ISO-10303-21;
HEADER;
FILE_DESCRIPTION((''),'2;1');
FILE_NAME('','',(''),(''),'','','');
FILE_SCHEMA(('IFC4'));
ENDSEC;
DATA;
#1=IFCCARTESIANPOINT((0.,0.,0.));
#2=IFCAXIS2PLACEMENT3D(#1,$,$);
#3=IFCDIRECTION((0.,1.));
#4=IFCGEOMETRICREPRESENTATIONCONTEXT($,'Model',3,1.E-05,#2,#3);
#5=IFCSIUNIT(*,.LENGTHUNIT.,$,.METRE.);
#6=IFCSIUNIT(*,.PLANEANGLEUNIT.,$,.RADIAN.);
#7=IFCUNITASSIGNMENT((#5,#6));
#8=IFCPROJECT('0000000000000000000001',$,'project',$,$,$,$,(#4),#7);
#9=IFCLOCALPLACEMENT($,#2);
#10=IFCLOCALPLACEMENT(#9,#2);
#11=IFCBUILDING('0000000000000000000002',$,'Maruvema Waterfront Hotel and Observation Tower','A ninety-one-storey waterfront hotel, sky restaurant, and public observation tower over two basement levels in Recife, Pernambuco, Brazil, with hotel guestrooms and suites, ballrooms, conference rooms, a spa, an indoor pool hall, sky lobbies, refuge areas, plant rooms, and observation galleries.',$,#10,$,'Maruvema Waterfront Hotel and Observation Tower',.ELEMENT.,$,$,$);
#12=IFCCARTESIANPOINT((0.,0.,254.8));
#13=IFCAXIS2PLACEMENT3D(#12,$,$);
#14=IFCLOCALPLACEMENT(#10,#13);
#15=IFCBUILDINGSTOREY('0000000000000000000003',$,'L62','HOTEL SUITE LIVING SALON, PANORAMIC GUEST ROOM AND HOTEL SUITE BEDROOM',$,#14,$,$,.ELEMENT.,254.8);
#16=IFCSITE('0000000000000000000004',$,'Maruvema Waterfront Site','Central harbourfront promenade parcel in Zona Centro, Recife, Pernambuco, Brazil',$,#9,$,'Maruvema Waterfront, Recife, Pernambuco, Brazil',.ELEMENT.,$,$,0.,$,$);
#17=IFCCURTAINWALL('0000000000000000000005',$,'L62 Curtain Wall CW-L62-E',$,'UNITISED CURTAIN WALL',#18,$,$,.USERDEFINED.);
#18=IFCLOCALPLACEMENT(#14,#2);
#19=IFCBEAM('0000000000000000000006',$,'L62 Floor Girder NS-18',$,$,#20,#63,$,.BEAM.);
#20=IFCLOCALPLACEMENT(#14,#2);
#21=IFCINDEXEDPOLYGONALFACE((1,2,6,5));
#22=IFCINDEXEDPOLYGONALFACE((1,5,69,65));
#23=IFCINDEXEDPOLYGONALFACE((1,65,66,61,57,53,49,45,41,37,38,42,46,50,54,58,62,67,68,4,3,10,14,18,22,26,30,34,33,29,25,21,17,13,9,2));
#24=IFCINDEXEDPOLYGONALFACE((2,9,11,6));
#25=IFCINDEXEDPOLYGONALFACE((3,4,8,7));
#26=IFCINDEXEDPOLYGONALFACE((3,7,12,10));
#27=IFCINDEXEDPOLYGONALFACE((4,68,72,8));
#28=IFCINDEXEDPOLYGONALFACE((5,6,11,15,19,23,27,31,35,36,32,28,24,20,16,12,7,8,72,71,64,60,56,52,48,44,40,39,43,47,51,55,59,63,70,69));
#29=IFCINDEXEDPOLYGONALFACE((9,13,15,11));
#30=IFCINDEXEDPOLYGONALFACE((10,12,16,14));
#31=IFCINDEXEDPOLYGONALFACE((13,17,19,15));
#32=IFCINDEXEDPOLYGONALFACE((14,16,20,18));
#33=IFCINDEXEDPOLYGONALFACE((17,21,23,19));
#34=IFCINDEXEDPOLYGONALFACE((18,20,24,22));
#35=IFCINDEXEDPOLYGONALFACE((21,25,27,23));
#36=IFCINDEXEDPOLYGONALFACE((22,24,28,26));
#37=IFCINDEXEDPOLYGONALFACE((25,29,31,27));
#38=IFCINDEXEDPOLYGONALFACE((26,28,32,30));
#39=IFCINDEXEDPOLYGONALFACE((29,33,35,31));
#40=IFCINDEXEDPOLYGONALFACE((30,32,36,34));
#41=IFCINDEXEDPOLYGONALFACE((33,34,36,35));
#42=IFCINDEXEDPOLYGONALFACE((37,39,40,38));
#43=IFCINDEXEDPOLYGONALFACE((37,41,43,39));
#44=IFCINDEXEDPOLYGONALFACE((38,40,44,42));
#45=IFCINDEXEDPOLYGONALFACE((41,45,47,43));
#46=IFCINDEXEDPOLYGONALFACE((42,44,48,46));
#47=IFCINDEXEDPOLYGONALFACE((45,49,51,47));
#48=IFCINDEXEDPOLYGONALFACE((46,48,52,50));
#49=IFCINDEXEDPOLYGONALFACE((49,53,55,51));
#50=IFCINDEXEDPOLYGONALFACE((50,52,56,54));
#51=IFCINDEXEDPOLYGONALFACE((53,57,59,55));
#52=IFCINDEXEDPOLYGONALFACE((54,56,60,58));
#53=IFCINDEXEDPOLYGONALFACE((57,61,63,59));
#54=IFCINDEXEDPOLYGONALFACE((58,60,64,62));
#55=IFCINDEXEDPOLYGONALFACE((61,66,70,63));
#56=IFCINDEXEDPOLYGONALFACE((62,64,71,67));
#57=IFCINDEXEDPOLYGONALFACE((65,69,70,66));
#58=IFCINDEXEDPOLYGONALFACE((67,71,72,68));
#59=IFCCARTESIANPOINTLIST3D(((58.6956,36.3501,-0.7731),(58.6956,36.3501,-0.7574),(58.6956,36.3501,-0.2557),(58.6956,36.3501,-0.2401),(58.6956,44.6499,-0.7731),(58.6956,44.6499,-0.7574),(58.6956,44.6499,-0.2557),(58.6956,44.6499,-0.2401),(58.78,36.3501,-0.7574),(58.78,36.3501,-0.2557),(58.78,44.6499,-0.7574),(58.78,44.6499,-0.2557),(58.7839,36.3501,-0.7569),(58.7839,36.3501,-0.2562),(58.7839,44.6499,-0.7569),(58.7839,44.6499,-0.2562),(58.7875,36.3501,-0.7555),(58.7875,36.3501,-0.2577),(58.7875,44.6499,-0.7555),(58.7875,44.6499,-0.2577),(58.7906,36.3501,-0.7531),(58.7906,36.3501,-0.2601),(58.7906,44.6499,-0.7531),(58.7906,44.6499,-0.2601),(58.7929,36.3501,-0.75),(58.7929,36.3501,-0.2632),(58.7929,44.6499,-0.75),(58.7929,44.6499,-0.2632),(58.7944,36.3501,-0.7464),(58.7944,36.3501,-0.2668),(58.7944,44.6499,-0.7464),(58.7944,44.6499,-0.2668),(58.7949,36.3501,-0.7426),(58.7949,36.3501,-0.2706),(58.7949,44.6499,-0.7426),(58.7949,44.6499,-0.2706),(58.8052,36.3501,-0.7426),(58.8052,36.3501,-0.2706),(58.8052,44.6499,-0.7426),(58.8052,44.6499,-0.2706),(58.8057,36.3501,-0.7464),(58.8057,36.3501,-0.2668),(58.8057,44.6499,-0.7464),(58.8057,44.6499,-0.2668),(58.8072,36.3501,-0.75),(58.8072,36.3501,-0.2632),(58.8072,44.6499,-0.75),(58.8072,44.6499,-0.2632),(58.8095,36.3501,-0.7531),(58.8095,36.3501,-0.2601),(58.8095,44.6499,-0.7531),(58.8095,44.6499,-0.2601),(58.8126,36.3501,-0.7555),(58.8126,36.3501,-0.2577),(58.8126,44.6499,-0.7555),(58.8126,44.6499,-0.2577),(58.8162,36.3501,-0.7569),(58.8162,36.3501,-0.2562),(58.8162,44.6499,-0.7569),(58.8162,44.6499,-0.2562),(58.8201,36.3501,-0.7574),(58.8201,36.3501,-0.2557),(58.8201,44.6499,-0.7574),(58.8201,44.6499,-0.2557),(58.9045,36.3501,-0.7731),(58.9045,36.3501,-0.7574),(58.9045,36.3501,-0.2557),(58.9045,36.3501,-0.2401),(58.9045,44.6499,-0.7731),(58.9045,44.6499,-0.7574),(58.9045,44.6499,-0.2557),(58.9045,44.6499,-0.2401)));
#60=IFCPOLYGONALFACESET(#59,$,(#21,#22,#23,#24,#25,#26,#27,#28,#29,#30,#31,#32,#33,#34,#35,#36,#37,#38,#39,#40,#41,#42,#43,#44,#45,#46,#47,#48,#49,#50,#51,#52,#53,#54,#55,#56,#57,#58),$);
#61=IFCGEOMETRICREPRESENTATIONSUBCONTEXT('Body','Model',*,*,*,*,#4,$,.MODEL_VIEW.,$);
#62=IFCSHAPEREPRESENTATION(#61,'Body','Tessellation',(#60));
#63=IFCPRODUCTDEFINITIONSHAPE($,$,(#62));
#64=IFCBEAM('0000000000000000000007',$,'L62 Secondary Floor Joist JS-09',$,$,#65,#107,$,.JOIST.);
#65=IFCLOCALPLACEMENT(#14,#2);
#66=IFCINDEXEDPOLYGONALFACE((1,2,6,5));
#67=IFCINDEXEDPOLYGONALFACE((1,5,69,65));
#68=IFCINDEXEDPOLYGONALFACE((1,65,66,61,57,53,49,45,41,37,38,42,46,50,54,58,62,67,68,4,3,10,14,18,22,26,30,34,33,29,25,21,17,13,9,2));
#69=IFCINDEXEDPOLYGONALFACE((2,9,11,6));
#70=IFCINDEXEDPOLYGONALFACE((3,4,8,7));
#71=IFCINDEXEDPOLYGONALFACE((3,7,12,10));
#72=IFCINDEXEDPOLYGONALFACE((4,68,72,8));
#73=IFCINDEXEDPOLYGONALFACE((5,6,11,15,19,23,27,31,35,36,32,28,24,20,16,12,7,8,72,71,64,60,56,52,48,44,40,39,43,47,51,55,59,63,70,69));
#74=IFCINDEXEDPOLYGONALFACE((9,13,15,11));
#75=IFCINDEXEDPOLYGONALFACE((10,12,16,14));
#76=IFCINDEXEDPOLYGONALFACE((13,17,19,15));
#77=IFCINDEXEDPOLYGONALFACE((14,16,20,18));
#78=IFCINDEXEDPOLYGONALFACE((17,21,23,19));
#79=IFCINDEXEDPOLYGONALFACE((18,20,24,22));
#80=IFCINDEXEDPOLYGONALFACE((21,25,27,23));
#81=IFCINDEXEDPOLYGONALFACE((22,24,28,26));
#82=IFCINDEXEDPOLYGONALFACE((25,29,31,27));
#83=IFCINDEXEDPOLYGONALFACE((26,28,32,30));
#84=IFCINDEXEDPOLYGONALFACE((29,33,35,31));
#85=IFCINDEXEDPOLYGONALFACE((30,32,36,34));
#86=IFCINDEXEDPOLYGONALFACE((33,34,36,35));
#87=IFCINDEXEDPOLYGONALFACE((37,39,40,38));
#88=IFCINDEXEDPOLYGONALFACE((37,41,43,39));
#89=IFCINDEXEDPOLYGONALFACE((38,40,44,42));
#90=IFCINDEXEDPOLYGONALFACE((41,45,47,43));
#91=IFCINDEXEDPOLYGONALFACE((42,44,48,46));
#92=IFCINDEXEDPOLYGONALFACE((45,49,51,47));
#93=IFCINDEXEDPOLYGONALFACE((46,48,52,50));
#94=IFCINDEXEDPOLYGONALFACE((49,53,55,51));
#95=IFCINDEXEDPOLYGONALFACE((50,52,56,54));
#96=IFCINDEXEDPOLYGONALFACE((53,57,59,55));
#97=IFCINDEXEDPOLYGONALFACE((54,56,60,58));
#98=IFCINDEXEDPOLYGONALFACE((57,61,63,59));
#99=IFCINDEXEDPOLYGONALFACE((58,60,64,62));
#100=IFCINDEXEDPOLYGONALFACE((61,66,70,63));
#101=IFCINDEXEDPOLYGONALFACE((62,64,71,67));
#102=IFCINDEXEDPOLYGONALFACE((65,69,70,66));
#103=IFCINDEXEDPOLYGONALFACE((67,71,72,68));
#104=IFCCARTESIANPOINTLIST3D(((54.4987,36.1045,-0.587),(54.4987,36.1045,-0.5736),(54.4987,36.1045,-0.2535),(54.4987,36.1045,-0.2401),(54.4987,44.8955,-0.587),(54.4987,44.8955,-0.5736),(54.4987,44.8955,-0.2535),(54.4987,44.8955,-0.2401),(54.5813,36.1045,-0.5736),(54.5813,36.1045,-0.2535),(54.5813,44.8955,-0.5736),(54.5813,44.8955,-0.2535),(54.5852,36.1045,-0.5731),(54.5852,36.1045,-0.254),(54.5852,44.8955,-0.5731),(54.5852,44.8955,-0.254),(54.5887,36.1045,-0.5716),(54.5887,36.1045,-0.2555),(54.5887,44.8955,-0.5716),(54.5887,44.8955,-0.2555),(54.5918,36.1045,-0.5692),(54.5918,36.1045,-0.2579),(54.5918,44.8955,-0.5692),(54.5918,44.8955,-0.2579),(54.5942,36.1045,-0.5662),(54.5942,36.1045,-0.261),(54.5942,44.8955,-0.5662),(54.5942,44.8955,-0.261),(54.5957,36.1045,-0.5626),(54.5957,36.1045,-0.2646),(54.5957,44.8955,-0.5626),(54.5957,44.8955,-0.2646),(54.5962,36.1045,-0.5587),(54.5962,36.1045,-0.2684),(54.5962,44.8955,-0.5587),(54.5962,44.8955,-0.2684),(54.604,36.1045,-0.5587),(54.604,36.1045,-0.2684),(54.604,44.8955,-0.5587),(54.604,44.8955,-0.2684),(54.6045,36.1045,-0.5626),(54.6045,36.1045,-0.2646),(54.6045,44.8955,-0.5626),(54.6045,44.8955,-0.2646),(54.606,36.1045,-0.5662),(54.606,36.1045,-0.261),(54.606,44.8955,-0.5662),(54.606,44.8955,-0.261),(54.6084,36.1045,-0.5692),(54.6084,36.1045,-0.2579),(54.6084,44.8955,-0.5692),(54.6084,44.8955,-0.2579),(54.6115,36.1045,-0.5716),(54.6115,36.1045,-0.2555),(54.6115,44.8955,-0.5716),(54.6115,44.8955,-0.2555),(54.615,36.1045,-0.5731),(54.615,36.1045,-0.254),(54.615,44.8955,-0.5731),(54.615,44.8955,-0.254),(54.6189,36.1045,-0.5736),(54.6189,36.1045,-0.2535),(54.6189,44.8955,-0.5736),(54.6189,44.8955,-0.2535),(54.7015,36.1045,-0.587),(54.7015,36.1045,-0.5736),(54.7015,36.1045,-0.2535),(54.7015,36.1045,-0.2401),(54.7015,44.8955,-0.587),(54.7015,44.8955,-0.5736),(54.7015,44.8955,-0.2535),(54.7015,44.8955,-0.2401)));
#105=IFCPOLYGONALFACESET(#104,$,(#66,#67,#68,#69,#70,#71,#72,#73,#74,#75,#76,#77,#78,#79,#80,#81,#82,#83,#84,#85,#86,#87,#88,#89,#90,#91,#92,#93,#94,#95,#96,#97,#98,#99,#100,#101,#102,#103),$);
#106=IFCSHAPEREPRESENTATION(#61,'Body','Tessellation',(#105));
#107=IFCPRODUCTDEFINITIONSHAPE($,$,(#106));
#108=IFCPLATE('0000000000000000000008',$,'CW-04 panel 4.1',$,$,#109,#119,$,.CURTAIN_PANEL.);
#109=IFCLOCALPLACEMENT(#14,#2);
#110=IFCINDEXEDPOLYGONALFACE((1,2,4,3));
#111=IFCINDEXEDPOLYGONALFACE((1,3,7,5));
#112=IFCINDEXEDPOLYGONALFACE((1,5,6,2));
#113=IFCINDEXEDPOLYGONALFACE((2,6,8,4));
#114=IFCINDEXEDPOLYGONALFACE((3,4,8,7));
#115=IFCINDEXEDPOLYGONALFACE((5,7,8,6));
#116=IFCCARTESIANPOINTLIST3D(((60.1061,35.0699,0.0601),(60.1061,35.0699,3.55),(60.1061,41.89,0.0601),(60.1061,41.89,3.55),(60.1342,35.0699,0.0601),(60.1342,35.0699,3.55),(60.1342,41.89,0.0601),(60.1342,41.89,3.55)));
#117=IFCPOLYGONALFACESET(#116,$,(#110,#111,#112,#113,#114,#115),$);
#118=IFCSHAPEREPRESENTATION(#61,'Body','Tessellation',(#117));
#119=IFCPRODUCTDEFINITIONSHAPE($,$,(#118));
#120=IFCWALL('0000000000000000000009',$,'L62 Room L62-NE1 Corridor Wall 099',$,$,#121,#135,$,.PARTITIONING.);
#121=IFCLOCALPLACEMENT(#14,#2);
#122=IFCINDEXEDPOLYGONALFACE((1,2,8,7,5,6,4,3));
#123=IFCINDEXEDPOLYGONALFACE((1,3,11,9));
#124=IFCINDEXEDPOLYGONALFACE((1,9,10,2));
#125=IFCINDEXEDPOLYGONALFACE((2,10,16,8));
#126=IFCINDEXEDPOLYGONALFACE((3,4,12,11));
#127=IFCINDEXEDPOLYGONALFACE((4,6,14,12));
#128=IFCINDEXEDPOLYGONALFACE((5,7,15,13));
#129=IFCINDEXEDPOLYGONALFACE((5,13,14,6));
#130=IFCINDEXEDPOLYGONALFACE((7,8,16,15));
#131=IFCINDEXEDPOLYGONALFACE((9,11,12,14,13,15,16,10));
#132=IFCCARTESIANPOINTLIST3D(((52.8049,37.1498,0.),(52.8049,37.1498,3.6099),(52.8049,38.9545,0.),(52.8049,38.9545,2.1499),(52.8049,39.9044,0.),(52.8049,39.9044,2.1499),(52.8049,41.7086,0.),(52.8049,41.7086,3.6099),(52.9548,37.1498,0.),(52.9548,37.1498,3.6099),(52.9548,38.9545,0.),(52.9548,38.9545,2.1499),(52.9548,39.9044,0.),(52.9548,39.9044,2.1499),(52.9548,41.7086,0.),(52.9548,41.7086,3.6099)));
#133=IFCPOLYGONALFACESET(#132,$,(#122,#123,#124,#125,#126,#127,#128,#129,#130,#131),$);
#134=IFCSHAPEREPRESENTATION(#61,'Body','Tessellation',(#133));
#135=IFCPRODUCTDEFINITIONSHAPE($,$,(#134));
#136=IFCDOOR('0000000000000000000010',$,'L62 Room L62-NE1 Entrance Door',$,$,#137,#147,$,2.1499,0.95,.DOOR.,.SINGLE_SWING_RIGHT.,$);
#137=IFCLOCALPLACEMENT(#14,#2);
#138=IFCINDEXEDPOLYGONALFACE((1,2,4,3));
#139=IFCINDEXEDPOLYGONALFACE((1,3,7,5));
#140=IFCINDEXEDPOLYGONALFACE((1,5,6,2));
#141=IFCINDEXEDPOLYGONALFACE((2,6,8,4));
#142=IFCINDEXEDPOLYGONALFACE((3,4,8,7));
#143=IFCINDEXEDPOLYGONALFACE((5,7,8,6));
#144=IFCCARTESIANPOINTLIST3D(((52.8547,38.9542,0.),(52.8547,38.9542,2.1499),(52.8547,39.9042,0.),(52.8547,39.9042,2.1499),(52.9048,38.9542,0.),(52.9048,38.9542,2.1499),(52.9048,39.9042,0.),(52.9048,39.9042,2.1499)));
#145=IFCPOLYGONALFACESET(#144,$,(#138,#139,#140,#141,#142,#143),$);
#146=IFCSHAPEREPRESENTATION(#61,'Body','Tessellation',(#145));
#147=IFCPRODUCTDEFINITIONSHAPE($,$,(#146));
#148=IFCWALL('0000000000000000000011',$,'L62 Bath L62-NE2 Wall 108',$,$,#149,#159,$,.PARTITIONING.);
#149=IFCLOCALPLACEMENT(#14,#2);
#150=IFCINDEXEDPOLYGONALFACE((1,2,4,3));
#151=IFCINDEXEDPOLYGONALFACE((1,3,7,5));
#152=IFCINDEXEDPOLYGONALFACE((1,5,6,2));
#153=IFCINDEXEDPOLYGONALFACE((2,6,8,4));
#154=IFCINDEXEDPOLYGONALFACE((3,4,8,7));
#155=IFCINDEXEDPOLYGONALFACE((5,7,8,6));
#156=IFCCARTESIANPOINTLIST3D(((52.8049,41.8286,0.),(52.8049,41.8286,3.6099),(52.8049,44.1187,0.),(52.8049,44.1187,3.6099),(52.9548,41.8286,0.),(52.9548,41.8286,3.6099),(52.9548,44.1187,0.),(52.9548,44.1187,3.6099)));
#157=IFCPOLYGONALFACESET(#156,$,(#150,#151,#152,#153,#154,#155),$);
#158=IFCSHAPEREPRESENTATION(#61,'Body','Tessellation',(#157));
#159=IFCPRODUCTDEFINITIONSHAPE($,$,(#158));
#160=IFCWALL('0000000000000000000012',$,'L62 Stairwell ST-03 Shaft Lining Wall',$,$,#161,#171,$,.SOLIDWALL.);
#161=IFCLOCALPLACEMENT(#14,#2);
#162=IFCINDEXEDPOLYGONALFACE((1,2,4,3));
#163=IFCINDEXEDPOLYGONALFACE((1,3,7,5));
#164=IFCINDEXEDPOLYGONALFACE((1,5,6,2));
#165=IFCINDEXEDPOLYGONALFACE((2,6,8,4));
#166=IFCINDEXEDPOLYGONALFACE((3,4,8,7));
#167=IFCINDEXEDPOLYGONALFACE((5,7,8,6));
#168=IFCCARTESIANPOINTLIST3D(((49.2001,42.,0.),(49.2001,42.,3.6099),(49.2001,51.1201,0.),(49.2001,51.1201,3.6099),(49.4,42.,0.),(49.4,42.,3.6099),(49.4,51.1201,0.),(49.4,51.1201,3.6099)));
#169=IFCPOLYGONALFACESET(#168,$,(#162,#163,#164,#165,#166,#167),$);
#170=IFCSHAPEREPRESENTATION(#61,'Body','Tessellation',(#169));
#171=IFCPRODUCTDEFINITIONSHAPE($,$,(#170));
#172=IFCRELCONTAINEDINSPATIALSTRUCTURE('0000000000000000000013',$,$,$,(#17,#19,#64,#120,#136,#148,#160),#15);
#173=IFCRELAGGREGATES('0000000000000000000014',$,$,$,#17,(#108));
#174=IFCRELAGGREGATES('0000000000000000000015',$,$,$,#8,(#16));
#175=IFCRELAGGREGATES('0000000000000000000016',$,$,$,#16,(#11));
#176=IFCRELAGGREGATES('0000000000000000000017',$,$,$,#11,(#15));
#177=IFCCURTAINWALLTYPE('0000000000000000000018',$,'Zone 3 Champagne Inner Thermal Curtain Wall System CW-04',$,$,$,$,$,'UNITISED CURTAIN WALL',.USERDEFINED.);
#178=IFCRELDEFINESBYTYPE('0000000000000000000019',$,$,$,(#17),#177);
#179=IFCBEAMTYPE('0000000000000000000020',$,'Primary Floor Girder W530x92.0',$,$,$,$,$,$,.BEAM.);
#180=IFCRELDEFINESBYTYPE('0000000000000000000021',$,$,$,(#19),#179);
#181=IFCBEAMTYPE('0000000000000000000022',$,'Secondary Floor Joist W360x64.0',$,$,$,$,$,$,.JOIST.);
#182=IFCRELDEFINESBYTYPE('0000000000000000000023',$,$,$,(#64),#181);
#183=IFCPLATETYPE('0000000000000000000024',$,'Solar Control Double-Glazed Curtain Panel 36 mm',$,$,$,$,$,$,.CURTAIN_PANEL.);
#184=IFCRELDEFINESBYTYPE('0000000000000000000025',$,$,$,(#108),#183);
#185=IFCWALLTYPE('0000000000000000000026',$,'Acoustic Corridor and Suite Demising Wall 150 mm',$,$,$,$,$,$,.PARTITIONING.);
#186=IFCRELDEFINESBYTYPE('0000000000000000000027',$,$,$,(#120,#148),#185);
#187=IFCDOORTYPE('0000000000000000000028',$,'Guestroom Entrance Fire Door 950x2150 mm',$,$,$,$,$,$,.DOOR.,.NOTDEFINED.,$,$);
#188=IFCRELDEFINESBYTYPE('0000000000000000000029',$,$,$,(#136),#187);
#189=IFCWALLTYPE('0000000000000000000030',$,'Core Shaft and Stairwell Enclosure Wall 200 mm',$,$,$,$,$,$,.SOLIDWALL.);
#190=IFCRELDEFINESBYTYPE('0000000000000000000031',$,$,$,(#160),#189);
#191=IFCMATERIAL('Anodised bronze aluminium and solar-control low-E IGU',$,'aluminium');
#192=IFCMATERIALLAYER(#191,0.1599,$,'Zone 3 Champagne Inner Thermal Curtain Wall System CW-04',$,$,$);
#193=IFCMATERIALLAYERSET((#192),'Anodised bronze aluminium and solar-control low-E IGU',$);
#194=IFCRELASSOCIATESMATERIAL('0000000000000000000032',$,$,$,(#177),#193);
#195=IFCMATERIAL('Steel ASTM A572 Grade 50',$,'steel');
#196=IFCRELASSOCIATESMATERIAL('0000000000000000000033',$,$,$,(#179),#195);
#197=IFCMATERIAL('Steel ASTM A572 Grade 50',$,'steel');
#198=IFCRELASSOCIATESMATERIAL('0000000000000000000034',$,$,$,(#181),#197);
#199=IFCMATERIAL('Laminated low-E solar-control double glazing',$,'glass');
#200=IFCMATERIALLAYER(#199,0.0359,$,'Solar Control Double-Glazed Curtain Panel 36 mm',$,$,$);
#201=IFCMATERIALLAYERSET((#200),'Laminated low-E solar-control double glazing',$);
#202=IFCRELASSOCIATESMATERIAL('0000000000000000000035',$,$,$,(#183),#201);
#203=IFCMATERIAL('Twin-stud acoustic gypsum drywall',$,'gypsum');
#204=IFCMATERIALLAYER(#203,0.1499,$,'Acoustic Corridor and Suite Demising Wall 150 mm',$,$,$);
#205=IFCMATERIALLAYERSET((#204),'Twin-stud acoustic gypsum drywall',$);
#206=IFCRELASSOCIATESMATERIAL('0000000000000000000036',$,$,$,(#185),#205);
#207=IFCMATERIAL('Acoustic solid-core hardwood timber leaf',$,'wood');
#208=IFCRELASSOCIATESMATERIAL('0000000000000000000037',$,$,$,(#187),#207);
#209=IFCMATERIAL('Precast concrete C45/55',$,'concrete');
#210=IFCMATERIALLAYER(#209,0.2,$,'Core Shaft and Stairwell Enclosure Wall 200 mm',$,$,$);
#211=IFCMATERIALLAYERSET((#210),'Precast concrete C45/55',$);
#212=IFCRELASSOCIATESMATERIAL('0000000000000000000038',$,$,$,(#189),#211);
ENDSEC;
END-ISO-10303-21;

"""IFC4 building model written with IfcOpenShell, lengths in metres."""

from ifc_helpers import new_model, si_unit, direction, frame, frame_2d, origin, origin_2d, place, context, subcontext, project, spatial, rectangle, i_section, extrude, material, layer, layer_set, material_profile, profile_set, type_object, element, fill, aggregate, save


model = new_model("IFC4")

# Units and contexts
model_context = context("Model", 3, precision=1e-05, world=origin(), true_north=direction((0.0, 1.0)))
body_context = subcontext(model_context, "Body", "Model", "MODEL_VIEW")
ifc_project = project(units=[si_unit("LENGTHUNIT", "METRE"), si_unit("PLANEANGLEUNIT", "RADIAN")], contexts=[model_context])

# Site, building, storey
site_placement = place(None, origin())
site = spatial("IfcSite", under=ifc_project, at=site_placement, Name="Maruvema Waterfront Site", Description="Central harbourfront promenade parcel in Zona Centro, Recife, Pernambuco, Brazil", LongName="Maruvema Waterfront, Recife, Pernambuco, Brazil", CompositionType="ELEMENT", RefElevation=0.0)
building_placement = place(site_placement, origin())
building = spatial("IfcBuilding", under=site, at=building_placement, Name="Maruvema Waterfront Hotel and Observation Tower", Description="A ninety-one-storey waterfront hotel, sky restaurant, and public observation tower over two basement levels in Recife, Pernambuco, Brazil, with hotel guestrooms and suites, ballrooms, conference rooms, a spa, an indoor pool hall, sky lobbies, refuge areas, plant rooms, and observation galleries.", LongName="Maruvema Waterfront Hotel and Observation Tower", CompositionType="ELEMENT")
storey_placement = place(building_placement, frame((0.0, 0.0, 254.8)))
storey = spatial("IfcBuildingStorey", under=building, at=storey_placement, Name="L62", Description="HOTEL SUITE LIVING SALON, PANORAMIC GUEST ROOM AND HOTEL SUITE BEDROOM", CompositionType="ELEMENT", Elevation=254.8)

# Curtain wall
ifc_material_1 = material(Name="Anodised bronze aluminium and solar-control low-E IGU", Category="aluminium")
ifc_layer_1 = layer(ifc_material_1, 0.1599, Name="Zone 3 Champagne Inner Thermal Curtain Wall System CW-04")
ifc_layer_set_1 = layer_set([ifc_layer_1], Name="Anodised bronze aluminium and solar-control low-E IGU")
curtain_wall_type = type_object("IfcCurtainWallType", Name="Zone 3 Champagne Inner Thermal Curtain Wall System CW-04", ElementType="UNITISED CURTAIN WALL", PredefinedType="USERDEFINED", material=ifc_layer_set_1)
curtain_wall_placement = place(storey_placement, origin())
curtain_wall = element("IfcCurtainWall", 1, at=curtain_wall_placement, inside=storey, type_object=curtain_wall_type, Name="L62 Curtain Wall CW-L62-E", ObjectType="UNITISED CURTAIN WALL", PredefinedType="USERDEFINED")

# Beams
ifc_material_2 = material(Name="Steel ASTM A572 Grade 50", Category="steel")
ifc_material_profile_1 = material_profile(ifc_material_2, i_section(OverallWidth=0.209, OverallDepth=0.533, WebThickness=0.0103, FlangeThickness=0.0156, FilletRadius=0.0149, at=origin_2d()), Name="W530x92.0")
ifc_profile_set_1 = profile_set([ifc_material_profile_1], Name="Steel ASTM A572 Grade 50")
beam_type_1 = type_object("IfcBeamType", Name="Primary Floor Girder W530x92.0", PredefinedType="BEAM", material=ifc_profile_set_1)
beam_1_placement = place(storey_placement, frame((58.8, 36.3501, -0.5066), z_axis=(0.0, 1.0, 0.0), x_axis=(-1.0, 0.0, 0.0)))
element("IfcBeam", 2, at=beam_1_placement, inside=storey, type_object=beam_type_1, Name="L62 Floor Girder NS-18", PredefinedType="BEAM", context=body_context, shape_type="SweptSolid", body=[
    extrude(i_section(OverallWidth=0.209, OverallDepth=0.533, WebThickness=0.0103, FlangeThickness=0.0156, FilletRadius=0.0149, at=origin_2d()), origin(), (0.0, 0.0, 1.0), 8.2998),
])
ifc_material_3 = material(Name="Steel ASTM A572 Grade 50", Category="steel")
ifc_material_profile_2 = material_profile(ifc_material_3, i_section(OverallWidth=0.2029, OverallDepth=0.3469, WebThickness=0.0078, FlangeThickness=0.0134, FilletRadius=0.0149, at=origin_2d()), Name="W360x64.0")
ifc_profile_set_2 = profile_set([ifc_material_profile_2], Name="Steel ASTM A572 Grade 50")
beam_type_2 = type_object("IfcBeamType", Name="Secondary Floor Joist W360x64.0", PredefinedType="JOIST", material=ifc_profile_set_2)
beam_2_placement = place(storey_placement, frame((54.6001, 36.1045, -0.4136), z_axis=(0.0, 1.0, 0.0), x_axis=(-1.0, 0.0, 0.0)))
element("IfcBeam", 3, at=beam_2_placement, inside=storey, type_object=beam_type_2, Name="L62 Secondary Floor Joist JS-09", PredefinedType="JOIST", context=body_context, shape_type="SweptSolid", body=[
    extrude(i_section(OverallWidth=0.2029, OverallDepth=0.3469, WebThickness=0.0078, FlangeThickness=0.0134, FilletRadius=0.0149, at=origin_2d()), origin(), (0.0, 0.0, 1.0), 8.791),
])

# Plate
ifc_material_4 = material(Name="Laminated low-E solar-control double glazing", Category="glass")
ifc_layer_2 = layer(ifc_material_4, 0.0359, Name="Solar Control Double-Glazed Curtain Panel 36 mm")
ifc_layer_set_2 = layer_set([ifc_layer_2], Name="Laminated low-E solar-control double glazing")
plate_type = type_object("IfcPlateType", Name="Solar Control Double-Glazed Curtain Panel 36 mm", PredefinedType="CURTAIN_PANEL", material=ifc_layer_set_2)
plate_placement = place(storey_placement, frame((60.1201, 38.48, 0.0601), z_axis=(0.0, 0.0, 1.0), x_axis=(0.0, 1.0, 0.0)))
plate = element("IfcPlate", 4, at=plate_placement, type_object=plate_type, Name="CW-04 panel 4.1", PredefinedType="CURTAIN_PANEL", context=body_context, shape_type="SweptSolid", body=[
    extrude(rectangle(XDim=6.8201, YDim=0.0281, at=origin_2d()), origin(), (0.0, 0.0, 1.0), 3.49),
])
aggregate(curtain_wall, [plate])

# Wall, opening, door
ifc_material_5 = material(Name="Twin-stud acoustic gypsum drywall", Category="gypsum")
ifc_layer_3 = layer(ifc_material_5, 0.1499, Name="Acoustic Corridor and Suite Demising Wall 150 mm")
ifc_layer_set_3 = layer_set([ifc_layer_3], Name="Twin-stud acoustic gypsum drywall")
wall_type_1 = type_object("IfcWallType", Name="Acoustic Corridor and Suite Demising Wall 150 mm", PredefinedType="PARTITIONING", material=ifc_layer_set_3)
wall_1_placement = place(storey_placement, frame((52.8799, 37.1499, 0.0), z_axis=(0.0, 0.0, 1.0), x_axis=(0.0, 1.0, 0.0)))
wall_1 = element("IfcWall", 5, at=wall_1_placement, inside=storey, type_object=wall_type_1, Name="L62 Room L62-NE1 Corridor Wall 099", PredefinedType="PARTITIONING", context=body_context, shape_type="SweptSolid", body=[
    extrude(rectangle(XDim=4.5588, YDim=0.1499, at=frame_2d((2.2793, 0.0))), origin(), (0.0, 0.0, 1.0), 3.6099),
])
opening_1_placement = place(wall_1_placement, frame((1.8044, 0.0, 0.0)))
opening_1 = element("IfcOpeningElement", 6, at=opening_1_placement, cuts=wall_1, PredefinedType="OPENING", context=body_context, shape_type="SweptSolid", body=[
    extrude(rectangle(XDim=0.95, YDim=2.1499, at=frame_2d((0.4751, 1.075))), frame((0.0, 0.085, 0.0), z_axis=(0.0, -1.0, 0.0), x_axis=(1.0, 0.0, 0.0)), (0.0, 0.0, 1.0), 0.1699),
])
ifc_material_6 = material(Name="Acoustic solid-core hardwood timber leaf", Category="wood")
door_type_1 = type_object("IfcDoorType", Name="Guestroom Entrance Fire Door 950x2150 mm", OperationType="NOTDEFINED", PredefinedType="DOOR", material=ifc_material_6)
door_1_placement = place(opening_1_placement, frame((0.95, 0.0, 0.0), z_axis=(0.0, 0.0, 1.0), x_axis=(-1.0, 0.0, 0.0)))
door_1 = element("IfcDoor", 7, at=door_1_placement, inside=storey, type_object=door_type_1, Name="L62 Room L62-NE1 Entrance Door", OperationType="SINGLE_SWING_RIGHT", OverallHeight=2.1499, OverallWidth=0.95, PredefinedType="DOOR", context=body_context, shape_type="SweptSolid", body=[
    extrude(rectangle(XDim=0.95, YDim=2.1499, at=frame_2d((0.4751, 1.075))), frame((0.0, 0.0249, 0.0), z_axis=(0.0, -1.0, 0.0), x_axis=(1.0, 0.0, 0.0)), (0.0, 0.0, 1.0), 0.05),
])
fill(opening_1, door_1)

# Walls
wall_2_placement = place(storey_placement, frame((52.8799, 41.8286, 0.0), z_axis=(0.0, 0.0, 1.0), x_axis=(0.0, 1.0, 0.0)))
element("IfcWall", 8, at=wall_2_placement, inside=storey, type_object=wall_type_1, Name="L62 Bath L62-NE2 Wall 108", PredefinedType="PARTITIONING", context=body_context, shape_type="SweptSolid", body=[
    extrude(rectangle(XDim=2.29, YDim=0.1499, at=frame_2d((1.145, 0.0))), origin(), (0.0, 0.0, 1.0), 3.6099),
])
ifc_material_7 = material(Name="Precast concrete C45/55", Category="concrete")
ifc_layer_4 = layer(ifc_material_7, 0.2, Name="Core Shaft and Stairwell Enclosure Wall 200 mm")
ifc_layer_set_4 = layer_set([ifc_layer_4], Name="Precast concrete C45/55")
wall_type_2 = type_object("IfcWallType", Name="Core Shaft and Stairwell Enclosure Wall 200 mm", PredefinedType="SOLIDWALL", material=ifc_layer_set_4)
wall_3_placement = place(storey_placement, frame((49.3, 42.0, 0.0), z_axis=(0.0, 0.0, 1.0), x_axis=(0.0, 1.0, 0.0)))
element("IfcWall", 9, at=wall_3_placement, inside=storey, type_object=wall_type_2, Name="L62 Stairwell ST-03 Shaft Lining Wall", PredefinedType="SOLIDWALL", context=body_context, shape_type="SweptSolid", body=[
    extrude(rectangle(XDim=9.1201, YDim=0.2, at=frame_2d((4.5601, 0.0))), origin(), (0.0, 0.0, 1.0), 3.6099),
])

save(model, "model.ifc")
